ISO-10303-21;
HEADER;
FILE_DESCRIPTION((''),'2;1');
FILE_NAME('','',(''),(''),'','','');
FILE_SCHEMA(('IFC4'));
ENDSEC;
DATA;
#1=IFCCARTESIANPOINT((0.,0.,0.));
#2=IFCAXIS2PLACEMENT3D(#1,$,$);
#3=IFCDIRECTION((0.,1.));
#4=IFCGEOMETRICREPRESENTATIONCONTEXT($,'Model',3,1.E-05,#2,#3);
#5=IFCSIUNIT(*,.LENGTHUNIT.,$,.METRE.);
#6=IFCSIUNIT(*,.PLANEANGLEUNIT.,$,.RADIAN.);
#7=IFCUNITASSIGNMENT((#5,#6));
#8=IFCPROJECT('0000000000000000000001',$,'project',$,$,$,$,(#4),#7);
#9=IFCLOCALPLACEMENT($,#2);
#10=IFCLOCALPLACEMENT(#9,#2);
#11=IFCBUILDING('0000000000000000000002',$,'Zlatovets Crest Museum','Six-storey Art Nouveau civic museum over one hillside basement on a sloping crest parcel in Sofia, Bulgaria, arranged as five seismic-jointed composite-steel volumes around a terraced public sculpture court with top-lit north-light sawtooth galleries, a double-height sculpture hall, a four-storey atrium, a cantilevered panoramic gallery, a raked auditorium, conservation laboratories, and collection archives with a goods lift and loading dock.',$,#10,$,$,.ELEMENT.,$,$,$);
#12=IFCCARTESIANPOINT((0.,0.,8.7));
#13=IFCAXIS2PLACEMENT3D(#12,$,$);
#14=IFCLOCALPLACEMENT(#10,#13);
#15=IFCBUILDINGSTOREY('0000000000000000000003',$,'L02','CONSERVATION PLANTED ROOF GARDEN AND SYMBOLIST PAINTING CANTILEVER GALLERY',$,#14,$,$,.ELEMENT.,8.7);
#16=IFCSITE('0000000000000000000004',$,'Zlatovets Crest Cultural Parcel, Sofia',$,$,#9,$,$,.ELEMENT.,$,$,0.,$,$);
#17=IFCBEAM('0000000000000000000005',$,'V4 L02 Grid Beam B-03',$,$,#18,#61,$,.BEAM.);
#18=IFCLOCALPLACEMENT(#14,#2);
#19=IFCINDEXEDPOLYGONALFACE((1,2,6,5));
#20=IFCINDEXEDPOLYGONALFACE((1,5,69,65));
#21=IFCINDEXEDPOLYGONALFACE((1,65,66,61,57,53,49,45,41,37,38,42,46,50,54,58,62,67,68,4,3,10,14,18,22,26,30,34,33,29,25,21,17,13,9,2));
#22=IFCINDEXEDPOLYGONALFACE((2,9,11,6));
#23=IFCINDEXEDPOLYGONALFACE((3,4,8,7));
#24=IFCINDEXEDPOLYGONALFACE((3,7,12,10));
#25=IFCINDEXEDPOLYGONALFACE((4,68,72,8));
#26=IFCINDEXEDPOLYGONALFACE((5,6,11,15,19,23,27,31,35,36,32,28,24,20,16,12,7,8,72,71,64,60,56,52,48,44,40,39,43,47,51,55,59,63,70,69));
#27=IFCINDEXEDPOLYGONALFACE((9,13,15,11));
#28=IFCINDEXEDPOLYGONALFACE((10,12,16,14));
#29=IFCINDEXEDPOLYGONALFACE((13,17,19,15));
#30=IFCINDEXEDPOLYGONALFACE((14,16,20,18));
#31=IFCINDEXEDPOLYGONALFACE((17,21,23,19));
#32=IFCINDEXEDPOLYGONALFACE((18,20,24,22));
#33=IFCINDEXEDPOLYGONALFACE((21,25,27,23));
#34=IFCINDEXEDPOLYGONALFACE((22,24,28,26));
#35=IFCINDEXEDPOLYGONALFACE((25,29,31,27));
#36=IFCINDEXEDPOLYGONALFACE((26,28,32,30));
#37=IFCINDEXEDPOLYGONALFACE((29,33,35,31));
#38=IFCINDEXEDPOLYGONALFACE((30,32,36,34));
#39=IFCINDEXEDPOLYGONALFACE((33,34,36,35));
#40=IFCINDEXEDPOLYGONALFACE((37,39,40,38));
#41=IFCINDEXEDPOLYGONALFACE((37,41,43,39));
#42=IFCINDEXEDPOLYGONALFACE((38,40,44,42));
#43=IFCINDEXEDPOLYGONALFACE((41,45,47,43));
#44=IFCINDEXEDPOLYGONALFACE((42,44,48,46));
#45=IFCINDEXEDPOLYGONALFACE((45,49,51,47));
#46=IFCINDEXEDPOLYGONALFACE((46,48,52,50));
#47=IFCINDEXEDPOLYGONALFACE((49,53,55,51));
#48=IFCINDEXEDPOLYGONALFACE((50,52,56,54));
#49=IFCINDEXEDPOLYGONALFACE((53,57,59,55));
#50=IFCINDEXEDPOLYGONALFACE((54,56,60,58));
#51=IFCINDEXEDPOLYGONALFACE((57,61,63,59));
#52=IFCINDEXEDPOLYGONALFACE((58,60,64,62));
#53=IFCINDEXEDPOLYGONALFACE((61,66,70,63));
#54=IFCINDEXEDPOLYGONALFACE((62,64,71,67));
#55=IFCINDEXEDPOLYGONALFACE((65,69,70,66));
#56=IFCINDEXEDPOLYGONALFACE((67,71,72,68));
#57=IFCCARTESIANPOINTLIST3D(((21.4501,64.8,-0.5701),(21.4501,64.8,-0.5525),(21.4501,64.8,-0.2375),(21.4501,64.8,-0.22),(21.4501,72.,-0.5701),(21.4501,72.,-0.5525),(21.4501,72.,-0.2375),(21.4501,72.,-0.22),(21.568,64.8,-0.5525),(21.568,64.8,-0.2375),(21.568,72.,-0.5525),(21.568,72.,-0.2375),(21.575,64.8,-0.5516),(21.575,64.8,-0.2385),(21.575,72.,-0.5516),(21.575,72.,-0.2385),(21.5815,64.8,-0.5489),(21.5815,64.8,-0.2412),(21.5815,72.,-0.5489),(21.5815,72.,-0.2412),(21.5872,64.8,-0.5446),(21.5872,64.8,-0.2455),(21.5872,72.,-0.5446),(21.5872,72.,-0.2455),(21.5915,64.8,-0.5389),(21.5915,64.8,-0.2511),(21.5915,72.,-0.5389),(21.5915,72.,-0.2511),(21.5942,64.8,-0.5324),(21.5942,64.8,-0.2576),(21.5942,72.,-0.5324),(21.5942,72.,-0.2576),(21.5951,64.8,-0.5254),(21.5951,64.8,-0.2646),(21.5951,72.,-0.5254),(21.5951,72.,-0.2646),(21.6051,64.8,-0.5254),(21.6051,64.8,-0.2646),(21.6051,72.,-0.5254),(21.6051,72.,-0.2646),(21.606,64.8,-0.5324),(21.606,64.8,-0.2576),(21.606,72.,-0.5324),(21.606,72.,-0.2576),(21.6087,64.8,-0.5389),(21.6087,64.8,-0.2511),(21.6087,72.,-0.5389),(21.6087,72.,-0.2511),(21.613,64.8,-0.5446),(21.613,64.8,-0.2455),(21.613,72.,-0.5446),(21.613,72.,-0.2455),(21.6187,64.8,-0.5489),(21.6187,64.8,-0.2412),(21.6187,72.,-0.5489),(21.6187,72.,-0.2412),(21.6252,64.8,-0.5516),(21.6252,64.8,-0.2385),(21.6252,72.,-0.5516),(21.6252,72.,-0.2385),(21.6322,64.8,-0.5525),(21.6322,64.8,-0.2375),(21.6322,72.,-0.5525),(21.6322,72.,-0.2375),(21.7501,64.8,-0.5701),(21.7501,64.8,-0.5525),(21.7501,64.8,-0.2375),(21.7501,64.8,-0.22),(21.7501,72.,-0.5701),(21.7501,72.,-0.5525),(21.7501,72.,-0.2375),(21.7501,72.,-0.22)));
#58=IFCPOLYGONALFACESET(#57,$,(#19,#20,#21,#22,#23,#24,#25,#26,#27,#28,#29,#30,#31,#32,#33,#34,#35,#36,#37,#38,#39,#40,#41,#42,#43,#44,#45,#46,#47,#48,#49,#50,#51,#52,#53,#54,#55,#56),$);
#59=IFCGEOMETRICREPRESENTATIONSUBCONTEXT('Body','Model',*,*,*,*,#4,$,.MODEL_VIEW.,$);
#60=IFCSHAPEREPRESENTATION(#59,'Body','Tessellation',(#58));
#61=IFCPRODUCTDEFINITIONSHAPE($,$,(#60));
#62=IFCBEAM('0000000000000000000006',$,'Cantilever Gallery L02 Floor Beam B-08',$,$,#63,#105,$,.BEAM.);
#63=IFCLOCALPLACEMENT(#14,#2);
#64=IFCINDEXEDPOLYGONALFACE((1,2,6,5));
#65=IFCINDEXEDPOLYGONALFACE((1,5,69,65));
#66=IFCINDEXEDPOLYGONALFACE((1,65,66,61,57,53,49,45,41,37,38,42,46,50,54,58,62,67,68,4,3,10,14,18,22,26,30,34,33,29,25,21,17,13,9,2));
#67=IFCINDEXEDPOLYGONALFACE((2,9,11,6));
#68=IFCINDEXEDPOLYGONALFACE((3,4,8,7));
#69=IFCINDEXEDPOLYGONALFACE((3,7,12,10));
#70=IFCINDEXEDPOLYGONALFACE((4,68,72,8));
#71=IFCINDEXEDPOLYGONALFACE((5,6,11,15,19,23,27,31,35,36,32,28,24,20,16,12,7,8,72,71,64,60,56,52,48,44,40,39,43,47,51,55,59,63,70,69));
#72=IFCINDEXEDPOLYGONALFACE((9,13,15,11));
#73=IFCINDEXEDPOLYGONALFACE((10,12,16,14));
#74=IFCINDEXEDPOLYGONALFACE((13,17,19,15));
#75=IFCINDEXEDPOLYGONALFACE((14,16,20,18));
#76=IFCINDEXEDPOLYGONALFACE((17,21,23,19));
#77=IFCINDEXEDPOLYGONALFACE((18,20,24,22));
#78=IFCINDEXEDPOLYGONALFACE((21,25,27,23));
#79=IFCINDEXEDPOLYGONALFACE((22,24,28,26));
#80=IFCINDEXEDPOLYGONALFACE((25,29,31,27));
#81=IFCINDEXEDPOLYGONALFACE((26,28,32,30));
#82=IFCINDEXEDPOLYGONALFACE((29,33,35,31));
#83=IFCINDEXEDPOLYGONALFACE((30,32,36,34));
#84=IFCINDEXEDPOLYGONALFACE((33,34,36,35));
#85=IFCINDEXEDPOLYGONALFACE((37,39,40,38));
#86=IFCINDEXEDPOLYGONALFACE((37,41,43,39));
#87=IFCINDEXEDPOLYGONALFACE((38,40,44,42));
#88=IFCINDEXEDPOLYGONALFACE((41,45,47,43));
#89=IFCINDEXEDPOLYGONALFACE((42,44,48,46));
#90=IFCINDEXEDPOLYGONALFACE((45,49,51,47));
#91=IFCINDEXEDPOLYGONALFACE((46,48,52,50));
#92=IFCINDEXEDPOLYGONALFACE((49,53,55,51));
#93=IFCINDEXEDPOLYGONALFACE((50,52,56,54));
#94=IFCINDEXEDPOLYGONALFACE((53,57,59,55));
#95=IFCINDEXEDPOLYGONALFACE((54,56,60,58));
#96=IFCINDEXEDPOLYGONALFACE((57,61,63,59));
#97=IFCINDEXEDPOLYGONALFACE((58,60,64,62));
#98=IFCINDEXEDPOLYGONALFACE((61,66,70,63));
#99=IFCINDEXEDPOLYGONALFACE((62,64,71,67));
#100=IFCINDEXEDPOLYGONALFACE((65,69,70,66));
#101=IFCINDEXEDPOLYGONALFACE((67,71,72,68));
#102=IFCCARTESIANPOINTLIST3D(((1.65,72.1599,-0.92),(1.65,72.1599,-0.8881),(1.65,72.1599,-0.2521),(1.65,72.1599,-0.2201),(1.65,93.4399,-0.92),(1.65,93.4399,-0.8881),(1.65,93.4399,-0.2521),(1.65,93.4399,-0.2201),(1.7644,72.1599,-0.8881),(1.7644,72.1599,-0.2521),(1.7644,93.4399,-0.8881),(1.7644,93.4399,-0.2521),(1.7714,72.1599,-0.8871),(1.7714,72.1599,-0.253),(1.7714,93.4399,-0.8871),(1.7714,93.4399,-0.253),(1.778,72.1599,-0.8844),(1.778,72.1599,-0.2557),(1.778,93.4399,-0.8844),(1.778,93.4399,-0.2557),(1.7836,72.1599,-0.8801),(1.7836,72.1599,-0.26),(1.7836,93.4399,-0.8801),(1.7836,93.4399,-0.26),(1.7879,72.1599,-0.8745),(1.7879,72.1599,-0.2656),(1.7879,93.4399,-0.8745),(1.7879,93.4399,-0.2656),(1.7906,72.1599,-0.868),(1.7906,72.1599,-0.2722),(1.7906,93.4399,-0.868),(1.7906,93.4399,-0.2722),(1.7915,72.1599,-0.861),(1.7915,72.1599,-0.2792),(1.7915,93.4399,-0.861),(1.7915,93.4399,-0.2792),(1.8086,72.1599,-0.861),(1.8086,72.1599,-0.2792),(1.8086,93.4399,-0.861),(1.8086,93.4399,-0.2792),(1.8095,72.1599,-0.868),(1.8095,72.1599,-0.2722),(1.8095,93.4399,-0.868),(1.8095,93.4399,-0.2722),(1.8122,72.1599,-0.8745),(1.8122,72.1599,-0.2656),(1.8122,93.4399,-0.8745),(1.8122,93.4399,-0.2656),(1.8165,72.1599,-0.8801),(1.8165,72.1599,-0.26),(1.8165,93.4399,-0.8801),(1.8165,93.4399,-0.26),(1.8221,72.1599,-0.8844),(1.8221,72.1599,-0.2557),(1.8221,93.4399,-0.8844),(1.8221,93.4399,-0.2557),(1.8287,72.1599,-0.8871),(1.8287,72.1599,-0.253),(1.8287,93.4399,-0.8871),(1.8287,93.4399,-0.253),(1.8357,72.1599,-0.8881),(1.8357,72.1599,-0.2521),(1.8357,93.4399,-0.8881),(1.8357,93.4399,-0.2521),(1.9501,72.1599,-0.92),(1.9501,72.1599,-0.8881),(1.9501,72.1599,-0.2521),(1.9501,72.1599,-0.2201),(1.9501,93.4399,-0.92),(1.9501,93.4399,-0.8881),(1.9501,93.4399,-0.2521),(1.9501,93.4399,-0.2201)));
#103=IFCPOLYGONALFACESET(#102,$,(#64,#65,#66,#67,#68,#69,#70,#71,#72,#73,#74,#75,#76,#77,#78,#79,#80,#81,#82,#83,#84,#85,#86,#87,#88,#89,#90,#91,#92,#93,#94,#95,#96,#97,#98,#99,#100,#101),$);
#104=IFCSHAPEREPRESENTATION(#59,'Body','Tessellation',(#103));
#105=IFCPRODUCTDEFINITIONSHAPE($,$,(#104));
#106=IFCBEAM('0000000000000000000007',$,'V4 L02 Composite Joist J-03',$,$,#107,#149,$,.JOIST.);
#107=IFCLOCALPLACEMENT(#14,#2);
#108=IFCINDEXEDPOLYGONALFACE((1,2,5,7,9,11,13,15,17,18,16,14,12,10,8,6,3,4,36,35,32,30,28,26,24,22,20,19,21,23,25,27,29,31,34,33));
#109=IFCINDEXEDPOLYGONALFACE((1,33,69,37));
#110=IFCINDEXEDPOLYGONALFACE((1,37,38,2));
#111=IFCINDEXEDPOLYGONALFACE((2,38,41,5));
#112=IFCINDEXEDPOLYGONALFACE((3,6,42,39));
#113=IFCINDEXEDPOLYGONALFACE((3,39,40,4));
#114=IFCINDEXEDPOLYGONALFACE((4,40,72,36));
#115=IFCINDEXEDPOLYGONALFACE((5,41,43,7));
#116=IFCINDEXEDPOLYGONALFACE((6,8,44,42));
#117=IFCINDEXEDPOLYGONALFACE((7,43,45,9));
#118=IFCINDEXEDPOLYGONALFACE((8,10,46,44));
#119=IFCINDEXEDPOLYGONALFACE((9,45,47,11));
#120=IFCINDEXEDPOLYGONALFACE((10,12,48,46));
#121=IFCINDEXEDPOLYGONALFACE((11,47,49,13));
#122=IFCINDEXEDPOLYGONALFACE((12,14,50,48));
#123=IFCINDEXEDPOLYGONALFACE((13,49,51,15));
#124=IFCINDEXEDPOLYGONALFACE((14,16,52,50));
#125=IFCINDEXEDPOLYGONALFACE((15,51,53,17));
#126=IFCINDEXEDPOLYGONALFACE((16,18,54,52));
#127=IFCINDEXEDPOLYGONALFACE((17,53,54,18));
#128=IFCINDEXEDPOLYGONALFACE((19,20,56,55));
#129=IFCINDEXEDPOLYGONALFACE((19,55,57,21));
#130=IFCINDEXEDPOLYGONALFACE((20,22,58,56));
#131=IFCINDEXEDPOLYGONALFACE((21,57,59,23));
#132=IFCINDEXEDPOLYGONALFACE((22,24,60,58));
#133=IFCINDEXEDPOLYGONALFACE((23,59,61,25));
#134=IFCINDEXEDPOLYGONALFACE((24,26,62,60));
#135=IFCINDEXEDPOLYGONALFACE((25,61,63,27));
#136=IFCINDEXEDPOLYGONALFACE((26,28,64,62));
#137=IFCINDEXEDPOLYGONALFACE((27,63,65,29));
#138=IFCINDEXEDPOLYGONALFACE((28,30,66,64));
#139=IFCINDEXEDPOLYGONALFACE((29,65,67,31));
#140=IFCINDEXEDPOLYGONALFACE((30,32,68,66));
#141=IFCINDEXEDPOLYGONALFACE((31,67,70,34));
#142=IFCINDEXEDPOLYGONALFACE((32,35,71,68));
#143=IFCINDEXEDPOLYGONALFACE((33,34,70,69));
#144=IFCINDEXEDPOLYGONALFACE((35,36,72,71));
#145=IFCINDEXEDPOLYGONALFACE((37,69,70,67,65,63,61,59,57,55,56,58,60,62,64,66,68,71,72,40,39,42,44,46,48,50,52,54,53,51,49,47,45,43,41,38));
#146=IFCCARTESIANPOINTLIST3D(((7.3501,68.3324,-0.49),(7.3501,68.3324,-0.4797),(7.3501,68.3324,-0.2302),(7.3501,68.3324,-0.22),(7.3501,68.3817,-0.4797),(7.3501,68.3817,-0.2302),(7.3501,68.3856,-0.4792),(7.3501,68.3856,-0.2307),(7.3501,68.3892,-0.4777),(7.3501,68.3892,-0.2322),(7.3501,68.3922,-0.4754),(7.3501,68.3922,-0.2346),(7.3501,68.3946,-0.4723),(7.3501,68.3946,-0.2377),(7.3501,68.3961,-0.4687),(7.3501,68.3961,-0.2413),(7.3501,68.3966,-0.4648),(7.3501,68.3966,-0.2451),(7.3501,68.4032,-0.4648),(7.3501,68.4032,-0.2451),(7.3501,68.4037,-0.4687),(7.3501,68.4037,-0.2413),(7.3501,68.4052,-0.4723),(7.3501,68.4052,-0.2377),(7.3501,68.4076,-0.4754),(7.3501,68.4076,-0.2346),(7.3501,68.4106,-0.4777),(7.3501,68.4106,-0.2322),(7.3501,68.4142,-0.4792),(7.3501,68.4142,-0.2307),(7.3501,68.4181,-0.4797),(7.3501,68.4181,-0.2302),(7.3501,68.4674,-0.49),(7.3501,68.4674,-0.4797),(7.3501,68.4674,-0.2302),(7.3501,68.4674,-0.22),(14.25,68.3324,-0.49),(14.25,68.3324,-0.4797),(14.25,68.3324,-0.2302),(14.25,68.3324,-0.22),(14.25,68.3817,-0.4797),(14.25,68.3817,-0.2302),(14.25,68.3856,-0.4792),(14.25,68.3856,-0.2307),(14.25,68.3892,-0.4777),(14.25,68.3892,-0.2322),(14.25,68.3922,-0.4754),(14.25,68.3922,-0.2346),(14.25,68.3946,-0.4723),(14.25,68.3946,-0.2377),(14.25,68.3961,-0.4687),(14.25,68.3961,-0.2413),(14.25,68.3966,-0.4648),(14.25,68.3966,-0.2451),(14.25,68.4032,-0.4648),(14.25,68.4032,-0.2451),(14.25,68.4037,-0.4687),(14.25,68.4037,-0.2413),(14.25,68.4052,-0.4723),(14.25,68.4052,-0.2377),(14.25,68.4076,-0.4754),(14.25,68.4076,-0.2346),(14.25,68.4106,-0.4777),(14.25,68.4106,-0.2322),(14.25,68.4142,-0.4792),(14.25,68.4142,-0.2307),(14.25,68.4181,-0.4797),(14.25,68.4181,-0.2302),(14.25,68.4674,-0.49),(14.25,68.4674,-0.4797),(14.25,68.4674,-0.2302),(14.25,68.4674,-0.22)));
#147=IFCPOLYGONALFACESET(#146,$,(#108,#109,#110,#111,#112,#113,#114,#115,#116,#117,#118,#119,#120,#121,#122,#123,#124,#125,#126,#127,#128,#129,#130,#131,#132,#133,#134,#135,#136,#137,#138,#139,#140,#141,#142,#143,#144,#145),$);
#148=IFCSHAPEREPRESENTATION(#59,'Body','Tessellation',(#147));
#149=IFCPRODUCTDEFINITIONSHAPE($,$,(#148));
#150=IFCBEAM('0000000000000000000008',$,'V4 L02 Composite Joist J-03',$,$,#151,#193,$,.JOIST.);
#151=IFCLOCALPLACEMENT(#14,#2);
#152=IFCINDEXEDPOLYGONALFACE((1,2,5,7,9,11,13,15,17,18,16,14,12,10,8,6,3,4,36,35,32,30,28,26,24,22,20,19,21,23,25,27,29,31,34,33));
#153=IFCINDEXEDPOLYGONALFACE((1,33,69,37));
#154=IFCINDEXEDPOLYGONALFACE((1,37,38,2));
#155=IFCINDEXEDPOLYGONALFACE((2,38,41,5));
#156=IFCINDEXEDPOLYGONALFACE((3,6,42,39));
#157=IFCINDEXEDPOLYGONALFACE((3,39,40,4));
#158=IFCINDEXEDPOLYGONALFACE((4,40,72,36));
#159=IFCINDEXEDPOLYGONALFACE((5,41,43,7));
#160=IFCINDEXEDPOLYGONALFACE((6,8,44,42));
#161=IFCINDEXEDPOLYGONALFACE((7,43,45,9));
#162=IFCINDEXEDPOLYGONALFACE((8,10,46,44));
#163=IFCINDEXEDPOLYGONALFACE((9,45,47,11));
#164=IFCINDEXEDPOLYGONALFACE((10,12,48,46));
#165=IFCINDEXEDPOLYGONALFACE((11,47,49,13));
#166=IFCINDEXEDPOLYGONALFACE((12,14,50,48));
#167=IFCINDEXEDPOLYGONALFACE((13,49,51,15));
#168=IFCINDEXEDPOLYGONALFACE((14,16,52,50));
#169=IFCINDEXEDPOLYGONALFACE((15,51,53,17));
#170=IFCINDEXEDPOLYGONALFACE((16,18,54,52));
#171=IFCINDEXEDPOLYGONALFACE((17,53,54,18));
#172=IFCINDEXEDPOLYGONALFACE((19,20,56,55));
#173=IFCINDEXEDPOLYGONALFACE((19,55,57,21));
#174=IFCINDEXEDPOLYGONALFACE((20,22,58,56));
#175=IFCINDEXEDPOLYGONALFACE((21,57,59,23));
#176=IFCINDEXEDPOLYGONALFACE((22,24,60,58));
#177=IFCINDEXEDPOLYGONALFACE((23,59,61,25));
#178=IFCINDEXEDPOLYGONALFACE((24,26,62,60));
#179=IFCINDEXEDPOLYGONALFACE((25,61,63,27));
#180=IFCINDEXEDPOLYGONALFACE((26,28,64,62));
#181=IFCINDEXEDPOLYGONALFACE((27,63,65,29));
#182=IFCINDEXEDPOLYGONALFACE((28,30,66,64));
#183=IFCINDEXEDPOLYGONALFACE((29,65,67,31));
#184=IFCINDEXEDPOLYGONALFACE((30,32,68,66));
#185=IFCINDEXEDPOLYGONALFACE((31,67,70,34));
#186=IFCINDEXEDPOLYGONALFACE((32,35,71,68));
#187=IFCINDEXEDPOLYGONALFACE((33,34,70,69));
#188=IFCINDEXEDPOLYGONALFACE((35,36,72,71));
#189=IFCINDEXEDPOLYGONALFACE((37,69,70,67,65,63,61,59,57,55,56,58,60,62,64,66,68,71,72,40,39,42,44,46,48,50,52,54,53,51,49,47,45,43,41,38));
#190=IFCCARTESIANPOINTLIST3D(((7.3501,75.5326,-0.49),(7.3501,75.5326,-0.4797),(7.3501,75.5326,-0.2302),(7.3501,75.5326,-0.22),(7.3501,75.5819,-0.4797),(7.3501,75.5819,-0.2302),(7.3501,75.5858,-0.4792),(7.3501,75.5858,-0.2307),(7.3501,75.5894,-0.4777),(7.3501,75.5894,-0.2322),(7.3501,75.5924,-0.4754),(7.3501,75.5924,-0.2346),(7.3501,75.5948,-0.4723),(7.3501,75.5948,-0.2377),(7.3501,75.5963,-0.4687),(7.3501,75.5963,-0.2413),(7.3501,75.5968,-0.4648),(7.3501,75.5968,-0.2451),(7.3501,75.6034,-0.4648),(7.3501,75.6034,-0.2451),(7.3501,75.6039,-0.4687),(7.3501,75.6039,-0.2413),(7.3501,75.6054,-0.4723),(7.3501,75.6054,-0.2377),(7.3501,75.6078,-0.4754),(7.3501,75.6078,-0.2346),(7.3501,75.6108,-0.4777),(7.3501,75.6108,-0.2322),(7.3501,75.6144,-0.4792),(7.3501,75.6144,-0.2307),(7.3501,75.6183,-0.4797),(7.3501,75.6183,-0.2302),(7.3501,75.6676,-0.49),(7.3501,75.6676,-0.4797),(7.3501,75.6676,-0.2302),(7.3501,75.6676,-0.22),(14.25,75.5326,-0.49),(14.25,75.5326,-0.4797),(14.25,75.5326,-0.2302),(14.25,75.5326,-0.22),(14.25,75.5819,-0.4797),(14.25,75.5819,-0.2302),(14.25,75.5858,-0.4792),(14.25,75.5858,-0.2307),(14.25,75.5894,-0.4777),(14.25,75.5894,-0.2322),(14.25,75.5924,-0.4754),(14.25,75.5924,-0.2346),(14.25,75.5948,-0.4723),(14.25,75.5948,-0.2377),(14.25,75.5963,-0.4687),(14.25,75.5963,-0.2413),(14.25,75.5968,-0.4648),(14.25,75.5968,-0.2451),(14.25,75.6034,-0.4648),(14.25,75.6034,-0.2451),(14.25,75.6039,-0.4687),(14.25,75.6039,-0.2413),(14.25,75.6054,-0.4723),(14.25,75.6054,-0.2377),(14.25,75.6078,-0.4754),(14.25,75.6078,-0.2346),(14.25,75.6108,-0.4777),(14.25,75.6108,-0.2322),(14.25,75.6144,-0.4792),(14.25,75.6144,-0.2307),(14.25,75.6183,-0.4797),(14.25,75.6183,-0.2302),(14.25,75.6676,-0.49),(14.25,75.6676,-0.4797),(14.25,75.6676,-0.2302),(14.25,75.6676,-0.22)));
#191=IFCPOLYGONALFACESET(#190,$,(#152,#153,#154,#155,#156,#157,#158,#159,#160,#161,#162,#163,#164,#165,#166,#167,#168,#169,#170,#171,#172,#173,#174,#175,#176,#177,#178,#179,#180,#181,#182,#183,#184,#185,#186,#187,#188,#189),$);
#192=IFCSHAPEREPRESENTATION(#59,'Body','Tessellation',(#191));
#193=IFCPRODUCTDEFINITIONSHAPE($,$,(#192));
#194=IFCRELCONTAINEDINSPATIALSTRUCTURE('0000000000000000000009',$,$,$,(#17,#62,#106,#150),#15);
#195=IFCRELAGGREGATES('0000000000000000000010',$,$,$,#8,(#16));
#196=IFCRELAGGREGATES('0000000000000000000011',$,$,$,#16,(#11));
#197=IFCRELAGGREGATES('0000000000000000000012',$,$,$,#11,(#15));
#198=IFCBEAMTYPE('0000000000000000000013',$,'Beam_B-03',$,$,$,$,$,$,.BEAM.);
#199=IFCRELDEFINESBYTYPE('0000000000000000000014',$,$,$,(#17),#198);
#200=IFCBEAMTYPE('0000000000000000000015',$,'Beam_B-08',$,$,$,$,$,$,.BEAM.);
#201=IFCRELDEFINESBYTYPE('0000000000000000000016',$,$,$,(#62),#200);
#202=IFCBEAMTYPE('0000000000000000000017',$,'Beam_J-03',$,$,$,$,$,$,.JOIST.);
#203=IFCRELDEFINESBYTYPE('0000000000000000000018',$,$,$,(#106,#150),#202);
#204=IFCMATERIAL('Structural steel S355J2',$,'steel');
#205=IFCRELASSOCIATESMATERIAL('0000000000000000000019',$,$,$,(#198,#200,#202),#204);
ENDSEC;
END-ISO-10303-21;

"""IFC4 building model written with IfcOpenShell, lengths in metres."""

from ifc_helpers import new_model, si_unit, direction, frame, origin, origin_2d, place, context, subcontext, project, spatial, i_section, extrude, material, material_profile, profile_set, type_object, element, save


model = new_model("IFC4")

# Units and contexts
model_context = context("Model", 3, precision=1e-05, world=origin(), true_north=direction((0.0, 1.0)))
body_context = subcontext(model_context, "Body", "Model", "MODEL_VIEW")
ifc_project = project(units=[si_unit("LENGTHUNIT", "METRE"), si_unit("PLANEANGLEUNIT", "RADIAN")], contexts=[model_context])

# Site, building, storey
site_placement = place(None, origin())
site = spatial("IfcSite", under=ifc_project, at=site_placement, Name="Zlatovets Crest Cultural Parcel, Sofia", CompositionType="ELEMENT", RefElevation=0.0)
building_placement = place(site_placement, origin())
building = spatial("IfcBuilding", under=site, at=building_placement, Name="Zlatovets Crest Museum", Description="Six-storey Art Nouveau civic museum over one hillside basement on a sloping crest parcel in Sofia, Bulgaria, arranged as five seismic-jointed composite-steel volumes around a terraced public sculpture court with top-lit north-light sawtooth galleries, a double-height sculpture hall, a four-storey atrium, a cantilevered panoramic gallery, a raked auditorium, conservation laboratories, and collection archives with a goods lift and loading dock.", CompositionType="ELEMENT")
storey_placement = place(building_placement, frame((0.0, 0.0, 8.7)))
storey = spatial("IfcBuildingStorey", under=building, at=storey_placement, Name="L02", Description="CONSERVATION PLANTED ROOF GARDEN AND SYMBOLIST PAINTING CANTILEVER GALLERY", CompositionType="ELEMENT", Elevation=8.7)

# Shared definitions
ifc_material = material(Name="Structural steel S355J2", Category="steel")

# Beams
ifc_material_profile_1 = material_profile(ifc_material, i_section(OverallWidth=0.3, OverallDepth=0.3501, WebThickness=0.01, FlangeThickness=0.0176, FilletRadius=0.0271, at=origin_2d()), Name="HEA 360")
ifc_profile_set_1 = profile_set([ifc_material_profile_1], Name="Structural steel S355J2")
beam_type_1 = type_object("IfcBeamType", Name="Beam_B-03", PredefinedType="BEAM", material=ifc_profile_set_1)
beam_1_placement = place(storey_placement, frame((21.6001, 64.8, -0.395), z_axis=(0.0, 1.0, 0.0), x_axis=(-1.0, 0.0, 0.0)))
element("IfcBeam", 1, at=beam_1_placement, inside=storey, type_object=beam_type_1, Name="V4 L02 Grid Beam B-03", PredefinedType="BEAM", context=body_context, shape_type="SweptSolid", body=[
    extrude(i_section(OverallWidth=0.3, OverallDepth=0.3501, WebThickness=0.01, FlangeThickness=0.0176, FilletRadius=0.0271, at=origin_2d()), origin(), (0.0, 0.0, 1.0), 7.2),
])
ifc_material_profile_2 = material_profile(ifc_material, i_section(OverallWidth=0.3, OverallDepth=0.7, WebThickness=0.0171, FlangeThickness=0.032, FilletRadius=0.0271, at=origin_2d()), Name="HEB 700")
ifc_profile_set_2 = profile_set([ifc_material_profile_2], Name="Structural steel S355J2")
beam_type_2 = type_object("IfcBeamType", Name="Beam_B-08", PredefinedType="BEAM", material=ifc_profile_set_2)
beam_2_placement = place(storey_placement, frame((1.8, 72.1599, -0.5701), z_axis=(0.0, 1.0, 0.0), x_axis=(-1.0, 0.0, 0.0)))
element("IfcBeam", 2, at=beam_2_placement, inside=storey, type_object=beam_type_2, Name="Cantilever Gallery L02 Floor Beam B-08", PredefinedType="BEAM", context=body_context, shape_type="SweptSolid", body=[
    extrude(i_section(OverallWidth=0.3, OverallDepth=0.7, WebThickness=0.0171, FlangeThickness=0.032, FilletRadius=0.0271, at=origin_2d()), origin(), (0.0, 0.0, 1.0), 21.28),
])
ifc_material_profile_3 = material_profile(ifc_material, i_section(OverallWidth=0.135, OverallDepth=0.27, WebThickness=0.0066, FlangeThickness=0.0103, FilletRadius=0.0149, at=origin_2d()), Name="IPE 270")
ifc_profile_set_3 = profile_set([ifc_material_profile_3], Name="Structural steel S355J2")
beam_type_3 = type_object("IfcBeamType", Name="Beam_J-03", PredefinedType="JOIST", material=ifc_profile_set_3)
for number, where, z_axis, x_axis, name in (
    (3, (7.3501, 68.3999, -0.355), (1.0, 0.0, 0.0), (0.0, 1.0, 0.0), "V4 L02 Composite Joist J-03"),
    (4, (7.3501, 75.6001, -0.355), (1.0, 0.0, 0.0), (0.0, 1.0, 0.0), "V4 L02 Composite Joist J-03"),
):
    element("IfcBeam", number, at=place(storey_placement, frame(where, z_axis=z_axis, x_axis=x_axis)), inside=storey, type_object=beam_type_3, Name=name, PredefinedType="JOIST", context=body_context, shape_type="SweptSolid", body=[
        extrude(i_section(OverallWidth=0.135, OverallDepth=0.27, WebThickness=0.0066, FlangeThickness=0.0103, FilletRadius=0.0149, at=origin_2d()), origin(), (0.0, 0.0, 1.0), 6.8999),
    ])

save(model, "model.ifc")
